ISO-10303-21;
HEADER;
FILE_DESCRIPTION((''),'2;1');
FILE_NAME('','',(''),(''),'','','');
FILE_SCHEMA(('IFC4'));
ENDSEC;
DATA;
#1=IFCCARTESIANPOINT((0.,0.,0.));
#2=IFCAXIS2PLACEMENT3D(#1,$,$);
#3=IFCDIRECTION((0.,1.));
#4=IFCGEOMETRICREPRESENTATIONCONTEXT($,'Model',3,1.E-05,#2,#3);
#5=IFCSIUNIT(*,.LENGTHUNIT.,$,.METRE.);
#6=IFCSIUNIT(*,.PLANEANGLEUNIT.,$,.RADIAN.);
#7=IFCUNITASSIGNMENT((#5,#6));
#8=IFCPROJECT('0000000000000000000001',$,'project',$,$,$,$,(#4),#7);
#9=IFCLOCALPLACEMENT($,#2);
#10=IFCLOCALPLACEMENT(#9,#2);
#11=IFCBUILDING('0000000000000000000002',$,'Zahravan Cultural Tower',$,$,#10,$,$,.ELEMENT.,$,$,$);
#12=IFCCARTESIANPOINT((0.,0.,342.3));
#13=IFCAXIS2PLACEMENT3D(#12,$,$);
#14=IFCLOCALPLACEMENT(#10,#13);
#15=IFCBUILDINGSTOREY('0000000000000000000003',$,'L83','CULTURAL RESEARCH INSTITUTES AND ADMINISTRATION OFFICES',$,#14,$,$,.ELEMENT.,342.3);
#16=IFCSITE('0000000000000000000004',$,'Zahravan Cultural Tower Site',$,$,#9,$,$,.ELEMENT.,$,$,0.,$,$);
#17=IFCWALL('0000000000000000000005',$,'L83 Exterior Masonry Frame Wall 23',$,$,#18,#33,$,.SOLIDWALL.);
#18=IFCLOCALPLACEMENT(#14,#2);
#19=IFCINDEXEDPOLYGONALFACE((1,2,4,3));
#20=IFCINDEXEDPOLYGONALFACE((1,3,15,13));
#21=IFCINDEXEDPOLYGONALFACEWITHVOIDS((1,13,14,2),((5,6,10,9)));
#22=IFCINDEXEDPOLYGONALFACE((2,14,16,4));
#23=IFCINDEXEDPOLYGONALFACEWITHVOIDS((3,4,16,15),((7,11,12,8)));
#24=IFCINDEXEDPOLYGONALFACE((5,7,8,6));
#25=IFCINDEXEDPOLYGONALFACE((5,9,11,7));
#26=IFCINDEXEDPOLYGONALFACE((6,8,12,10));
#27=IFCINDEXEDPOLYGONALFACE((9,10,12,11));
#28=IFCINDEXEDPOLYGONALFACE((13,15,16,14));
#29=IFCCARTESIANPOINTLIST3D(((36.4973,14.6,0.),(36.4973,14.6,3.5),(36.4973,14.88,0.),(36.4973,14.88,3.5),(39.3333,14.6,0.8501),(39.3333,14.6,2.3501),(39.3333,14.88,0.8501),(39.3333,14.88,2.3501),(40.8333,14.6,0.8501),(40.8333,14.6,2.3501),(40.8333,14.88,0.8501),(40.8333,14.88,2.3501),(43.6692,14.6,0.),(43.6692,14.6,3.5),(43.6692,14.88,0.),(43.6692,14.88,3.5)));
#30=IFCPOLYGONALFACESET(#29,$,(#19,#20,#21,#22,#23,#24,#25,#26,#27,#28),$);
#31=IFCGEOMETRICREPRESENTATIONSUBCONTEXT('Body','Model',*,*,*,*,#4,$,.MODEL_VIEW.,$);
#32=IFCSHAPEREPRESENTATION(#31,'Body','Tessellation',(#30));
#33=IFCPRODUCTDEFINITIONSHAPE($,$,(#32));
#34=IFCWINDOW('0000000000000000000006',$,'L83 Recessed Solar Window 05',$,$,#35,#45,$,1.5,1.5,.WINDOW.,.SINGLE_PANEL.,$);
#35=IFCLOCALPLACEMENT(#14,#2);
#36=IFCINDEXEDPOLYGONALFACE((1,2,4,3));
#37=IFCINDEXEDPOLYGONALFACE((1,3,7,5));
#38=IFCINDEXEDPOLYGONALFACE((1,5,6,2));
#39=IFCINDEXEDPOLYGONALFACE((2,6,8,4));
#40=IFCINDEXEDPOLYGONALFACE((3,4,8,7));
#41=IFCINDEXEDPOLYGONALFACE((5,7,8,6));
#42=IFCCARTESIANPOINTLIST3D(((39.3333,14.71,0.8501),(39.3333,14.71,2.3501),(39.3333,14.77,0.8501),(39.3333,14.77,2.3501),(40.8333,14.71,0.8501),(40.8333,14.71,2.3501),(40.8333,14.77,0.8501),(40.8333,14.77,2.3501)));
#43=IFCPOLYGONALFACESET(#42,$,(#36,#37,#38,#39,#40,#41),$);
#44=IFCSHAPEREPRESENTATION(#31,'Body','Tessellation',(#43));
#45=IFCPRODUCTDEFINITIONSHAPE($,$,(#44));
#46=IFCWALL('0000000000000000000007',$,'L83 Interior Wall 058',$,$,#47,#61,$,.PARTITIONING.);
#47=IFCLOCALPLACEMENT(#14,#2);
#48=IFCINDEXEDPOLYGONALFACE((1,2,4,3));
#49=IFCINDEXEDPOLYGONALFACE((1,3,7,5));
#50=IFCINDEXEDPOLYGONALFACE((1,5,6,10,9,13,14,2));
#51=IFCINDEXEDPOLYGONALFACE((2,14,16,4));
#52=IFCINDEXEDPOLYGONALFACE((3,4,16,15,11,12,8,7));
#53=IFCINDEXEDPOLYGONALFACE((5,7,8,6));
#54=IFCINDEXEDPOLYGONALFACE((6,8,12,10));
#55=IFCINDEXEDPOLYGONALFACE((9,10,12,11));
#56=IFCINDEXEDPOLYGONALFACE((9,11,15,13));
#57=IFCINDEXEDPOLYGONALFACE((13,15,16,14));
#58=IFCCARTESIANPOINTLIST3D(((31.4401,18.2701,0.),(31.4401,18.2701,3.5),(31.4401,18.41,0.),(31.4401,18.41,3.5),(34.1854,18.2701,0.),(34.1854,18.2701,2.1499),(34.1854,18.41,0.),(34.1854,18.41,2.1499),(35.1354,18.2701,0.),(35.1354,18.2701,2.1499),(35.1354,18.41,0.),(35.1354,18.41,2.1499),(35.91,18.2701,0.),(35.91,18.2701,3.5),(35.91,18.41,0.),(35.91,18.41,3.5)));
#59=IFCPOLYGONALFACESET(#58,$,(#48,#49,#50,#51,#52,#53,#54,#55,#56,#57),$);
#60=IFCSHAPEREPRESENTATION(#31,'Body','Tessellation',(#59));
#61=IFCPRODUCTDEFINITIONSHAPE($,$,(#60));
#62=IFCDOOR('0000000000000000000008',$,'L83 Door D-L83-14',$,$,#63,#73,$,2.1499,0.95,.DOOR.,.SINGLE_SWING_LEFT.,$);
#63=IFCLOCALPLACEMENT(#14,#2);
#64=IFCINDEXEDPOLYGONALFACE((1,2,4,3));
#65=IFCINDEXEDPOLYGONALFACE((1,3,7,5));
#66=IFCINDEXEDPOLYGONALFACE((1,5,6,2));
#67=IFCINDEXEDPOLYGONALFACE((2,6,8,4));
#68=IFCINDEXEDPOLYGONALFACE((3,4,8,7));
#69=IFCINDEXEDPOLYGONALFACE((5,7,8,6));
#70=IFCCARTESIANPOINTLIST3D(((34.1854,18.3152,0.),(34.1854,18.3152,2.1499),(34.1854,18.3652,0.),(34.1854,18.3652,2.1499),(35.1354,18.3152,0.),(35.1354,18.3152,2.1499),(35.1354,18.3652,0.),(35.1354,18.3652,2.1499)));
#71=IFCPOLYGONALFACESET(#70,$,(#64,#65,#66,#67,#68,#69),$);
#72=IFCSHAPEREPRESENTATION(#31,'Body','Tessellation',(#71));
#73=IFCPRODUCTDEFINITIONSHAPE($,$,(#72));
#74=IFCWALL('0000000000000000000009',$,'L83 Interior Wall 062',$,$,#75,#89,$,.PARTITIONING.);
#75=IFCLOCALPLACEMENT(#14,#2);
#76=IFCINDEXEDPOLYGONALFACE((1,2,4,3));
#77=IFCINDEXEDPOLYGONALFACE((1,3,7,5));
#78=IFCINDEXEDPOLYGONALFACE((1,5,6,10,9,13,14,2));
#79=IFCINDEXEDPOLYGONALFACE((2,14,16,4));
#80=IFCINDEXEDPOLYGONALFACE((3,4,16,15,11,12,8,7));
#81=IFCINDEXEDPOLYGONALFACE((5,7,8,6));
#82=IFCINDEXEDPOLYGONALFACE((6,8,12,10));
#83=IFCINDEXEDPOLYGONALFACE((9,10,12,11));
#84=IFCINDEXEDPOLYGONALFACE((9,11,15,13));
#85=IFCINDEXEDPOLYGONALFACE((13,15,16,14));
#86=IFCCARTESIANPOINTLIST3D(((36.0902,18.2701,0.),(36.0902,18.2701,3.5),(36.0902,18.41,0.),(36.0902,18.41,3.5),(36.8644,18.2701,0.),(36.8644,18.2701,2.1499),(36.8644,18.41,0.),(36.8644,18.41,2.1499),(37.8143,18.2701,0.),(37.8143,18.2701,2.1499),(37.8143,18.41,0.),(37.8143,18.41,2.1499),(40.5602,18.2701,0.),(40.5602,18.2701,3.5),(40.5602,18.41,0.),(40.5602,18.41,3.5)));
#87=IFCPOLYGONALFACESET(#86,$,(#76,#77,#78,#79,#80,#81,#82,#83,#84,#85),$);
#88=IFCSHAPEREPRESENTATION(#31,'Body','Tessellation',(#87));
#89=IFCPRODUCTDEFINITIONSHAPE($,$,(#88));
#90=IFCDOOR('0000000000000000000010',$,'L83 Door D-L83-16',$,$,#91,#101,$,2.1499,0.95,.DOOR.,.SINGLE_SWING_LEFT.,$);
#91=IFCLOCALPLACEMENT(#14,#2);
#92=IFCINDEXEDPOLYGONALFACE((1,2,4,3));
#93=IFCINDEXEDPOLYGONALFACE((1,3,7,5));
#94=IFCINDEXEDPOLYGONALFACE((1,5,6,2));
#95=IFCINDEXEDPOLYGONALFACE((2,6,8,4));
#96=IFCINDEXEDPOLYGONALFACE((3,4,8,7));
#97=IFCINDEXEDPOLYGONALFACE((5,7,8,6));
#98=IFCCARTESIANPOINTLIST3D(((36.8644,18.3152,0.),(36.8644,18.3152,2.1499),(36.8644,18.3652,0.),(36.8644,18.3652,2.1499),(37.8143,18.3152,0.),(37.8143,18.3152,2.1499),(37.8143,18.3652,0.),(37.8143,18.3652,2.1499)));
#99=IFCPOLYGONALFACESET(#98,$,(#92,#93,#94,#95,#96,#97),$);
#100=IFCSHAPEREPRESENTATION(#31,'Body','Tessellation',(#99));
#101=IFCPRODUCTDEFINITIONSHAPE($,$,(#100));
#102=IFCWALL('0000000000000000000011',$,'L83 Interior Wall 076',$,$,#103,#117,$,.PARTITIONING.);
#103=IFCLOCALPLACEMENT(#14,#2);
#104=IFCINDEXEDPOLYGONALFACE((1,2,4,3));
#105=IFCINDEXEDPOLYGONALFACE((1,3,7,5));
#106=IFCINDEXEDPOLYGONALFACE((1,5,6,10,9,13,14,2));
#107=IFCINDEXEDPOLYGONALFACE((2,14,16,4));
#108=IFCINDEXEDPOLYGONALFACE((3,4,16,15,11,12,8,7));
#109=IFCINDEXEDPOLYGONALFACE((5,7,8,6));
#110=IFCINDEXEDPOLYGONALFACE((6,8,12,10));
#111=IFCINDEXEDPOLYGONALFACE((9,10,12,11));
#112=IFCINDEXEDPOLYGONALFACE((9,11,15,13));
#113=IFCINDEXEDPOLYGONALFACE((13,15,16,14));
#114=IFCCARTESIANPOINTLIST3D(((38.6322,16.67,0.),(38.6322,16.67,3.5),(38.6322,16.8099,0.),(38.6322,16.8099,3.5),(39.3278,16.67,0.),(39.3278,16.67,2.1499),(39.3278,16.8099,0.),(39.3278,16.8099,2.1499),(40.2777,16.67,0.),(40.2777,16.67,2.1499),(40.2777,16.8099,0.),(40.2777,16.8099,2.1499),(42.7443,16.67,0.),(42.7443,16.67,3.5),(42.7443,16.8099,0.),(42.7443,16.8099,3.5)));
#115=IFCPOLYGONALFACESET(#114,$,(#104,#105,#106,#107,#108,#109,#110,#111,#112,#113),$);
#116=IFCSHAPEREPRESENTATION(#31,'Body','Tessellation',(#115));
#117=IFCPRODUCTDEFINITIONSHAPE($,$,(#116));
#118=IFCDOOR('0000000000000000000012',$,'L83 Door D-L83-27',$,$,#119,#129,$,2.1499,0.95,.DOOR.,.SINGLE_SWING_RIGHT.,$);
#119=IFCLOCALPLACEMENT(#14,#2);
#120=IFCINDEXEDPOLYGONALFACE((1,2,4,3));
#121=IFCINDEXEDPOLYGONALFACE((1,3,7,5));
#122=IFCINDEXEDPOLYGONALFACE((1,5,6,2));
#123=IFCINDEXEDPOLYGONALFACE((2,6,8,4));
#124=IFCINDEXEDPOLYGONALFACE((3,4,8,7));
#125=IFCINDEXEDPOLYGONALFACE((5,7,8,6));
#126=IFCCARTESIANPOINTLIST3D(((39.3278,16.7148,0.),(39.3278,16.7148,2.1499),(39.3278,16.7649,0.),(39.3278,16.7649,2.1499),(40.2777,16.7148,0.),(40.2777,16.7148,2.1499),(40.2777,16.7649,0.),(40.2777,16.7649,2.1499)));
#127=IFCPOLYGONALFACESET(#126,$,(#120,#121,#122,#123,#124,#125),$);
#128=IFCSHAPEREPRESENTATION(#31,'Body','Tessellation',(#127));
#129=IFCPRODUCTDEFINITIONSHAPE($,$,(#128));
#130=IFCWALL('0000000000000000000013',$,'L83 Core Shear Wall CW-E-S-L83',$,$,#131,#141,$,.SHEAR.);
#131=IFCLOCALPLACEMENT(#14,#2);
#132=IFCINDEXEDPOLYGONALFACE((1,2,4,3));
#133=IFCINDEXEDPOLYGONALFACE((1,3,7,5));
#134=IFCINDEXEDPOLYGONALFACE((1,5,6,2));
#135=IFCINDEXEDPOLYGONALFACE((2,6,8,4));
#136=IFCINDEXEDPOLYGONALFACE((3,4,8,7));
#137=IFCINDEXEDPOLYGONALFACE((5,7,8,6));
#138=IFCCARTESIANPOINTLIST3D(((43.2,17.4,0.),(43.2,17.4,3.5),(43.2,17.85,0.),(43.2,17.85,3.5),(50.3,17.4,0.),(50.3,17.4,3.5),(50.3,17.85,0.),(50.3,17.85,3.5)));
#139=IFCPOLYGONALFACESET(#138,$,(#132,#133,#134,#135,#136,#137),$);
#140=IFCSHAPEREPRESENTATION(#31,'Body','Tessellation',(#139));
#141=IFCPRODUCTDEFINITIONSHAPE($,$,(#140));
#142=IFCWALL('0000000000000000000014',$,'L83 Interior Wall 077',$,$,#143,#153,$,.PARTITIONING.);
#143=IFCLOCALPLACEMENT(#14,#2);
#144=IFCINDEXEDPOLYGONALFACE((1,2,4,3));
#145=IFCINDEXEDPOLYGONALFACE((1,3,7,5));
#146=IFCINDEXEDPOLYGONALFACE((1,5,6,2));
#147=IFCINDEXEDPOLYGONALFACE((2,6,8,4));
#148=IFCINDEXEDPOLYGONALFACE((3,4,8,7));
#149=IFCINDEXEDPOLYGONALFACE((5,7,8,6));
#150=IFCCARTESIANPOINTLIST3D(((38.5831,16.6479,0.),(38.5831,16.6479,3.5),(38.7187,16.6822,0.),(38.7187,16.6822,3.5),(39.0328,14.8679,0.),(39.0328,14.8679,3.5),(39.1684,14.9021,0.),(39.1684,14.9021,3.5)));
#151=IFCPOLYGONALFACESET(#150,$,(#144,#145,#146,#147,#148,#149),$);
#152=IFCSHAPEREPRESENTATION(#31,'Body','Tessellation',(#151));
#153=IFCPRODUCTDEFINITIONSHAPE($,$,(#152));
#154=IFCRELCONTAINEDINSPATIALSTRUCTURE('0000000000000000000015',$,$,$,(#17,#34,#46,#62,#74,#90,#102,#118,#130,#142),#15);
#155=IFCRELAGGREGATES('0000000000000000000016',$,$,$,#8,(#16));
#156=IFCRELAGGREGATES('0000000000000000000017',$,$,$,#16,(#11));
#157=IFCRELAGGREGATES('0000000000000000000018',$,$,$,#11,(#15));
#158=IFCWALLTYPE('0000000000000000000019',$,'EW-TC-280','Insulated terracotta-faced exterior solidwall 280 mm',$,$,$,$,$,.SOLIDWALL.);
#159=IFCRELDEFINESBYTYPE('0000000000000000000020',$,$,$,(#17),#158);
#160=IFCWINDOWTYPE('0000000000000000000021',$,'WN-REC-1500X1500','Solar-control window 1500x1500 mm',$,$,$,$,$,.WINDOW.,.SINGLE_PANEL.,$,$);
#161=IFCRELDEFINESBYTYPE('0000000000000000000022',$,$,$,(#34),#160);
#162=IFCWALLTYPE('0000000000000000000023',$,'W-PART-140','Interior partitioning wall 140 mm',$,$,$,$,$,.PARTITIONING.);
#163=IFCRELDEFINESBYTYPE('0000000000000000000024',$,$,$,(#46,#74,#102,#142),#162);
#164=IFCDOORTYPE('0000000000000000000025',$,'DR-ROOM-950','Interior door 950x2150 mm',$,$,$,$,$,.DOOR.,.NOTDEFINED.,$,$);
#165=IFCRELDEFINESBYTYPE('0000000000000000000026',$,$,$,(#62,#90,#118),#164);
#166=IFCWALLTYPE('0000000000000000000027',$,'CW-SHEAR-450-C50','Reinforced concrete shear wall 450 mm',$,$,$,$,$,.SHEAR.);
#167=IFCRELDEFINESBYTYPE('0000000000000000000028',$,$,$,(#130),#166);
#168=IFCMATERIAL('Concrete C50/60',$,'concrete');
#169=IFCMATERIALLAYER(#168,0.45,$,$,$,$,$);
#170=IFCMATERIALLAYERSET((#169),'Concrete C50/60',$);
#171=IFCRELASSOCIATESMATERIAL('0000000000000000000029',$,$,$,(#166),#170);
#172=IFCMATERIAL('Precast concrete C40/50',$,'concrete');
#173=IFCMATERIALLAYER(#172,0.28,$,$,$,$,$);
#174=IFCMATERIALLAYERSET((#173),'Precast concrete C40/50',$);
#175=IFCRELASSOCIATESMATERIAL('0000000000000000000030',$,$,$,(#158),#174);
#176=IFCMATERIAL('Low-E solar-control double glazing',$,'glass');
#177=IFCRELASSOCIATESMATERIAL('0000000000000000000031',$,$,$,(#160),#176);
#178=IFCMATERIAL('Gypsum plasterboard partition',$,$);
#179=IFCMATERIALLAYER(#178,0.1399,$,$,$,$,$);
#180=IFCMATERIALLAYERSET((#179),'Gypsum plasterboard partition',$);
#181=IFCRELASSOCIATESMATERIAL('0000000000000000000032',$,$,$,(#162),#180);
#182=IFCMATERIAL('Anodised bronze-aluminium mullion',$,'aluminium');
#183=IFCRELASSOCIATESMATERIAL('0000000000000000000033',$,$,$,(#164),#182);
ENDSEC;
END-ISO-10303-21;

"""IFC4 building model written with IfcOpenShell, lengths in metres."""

from ifc_helpers import new_model, si_unit, direction, frame, frame_2d, origin, place, context, subcontext, project, spatial, rectangle, extrude, source, transform, mapped, material, layer, layer_set, type_object, element, fill, save


model = new_model("IFC4")

# Units and contexts
model_context = context("Model", 3, precision=1e-05, world=origin(), true_north=direction((0.0, 1.0)))
body_context = subcontext(model_context, "Body", "Model", "MODEL_VIEW")
ifc_project = project(units=[si_unit("LENGTHUNIT", "METRE"), si_unit("PLANEANGLEUNIT", "RADIAN")], contexts=[model_context])

# Site, building, storey
site_placement = place(None, origin())
site = spatial("IfcSite", under=ifc_project, at=site_placement, Name="Zahravan Cultural Tower Site", CompositionType="ELEMENT", RefElevation=0.0)
building_placement = place(site_placement, origin())
building = spatial("IfcBuilding", under=site, at=building_placement, Name="Zahravan Cultural Tower", CompositionType="ELEMENT")
storey_placement = place(building_placement, frame((0.0, 0.0, 342.3)))
storey = spatial("IfcBuildingStorey", under=building, at=storey_placement, Name="L83", Description="CULTURAL RESEARCH INSTITUTES AND ADMINISTRATION OFFICES", CompositionType="ELEMENT", Elevation=342.3)

# Shared definitions
ifc_material_1 = material(Name="Concrete C50/60", Category="concrete")

# Shared definitions
ifc_layer_1 = layer(ifc_material_1, 0.45)
ifc_layer_set_1 = layer_set([ifc_layer_1], Name="Concrete C50/60")
wall_type_1 = type_object("IfcWallType", Name="CW-SHEAR-450-C50", Description="Reinforced concrete shear wall 450 mm", PredefinedType="SHEAR", material=ifc_layer_set_1)

# Wall, opening, window
ifc_material_2 = material(Name="Precast concrete C40/50", Category="concrete")
ifc_layer_2 = layer(ifc_material_2, 0.28)
ifc_layer_set_2 = layer_set([ifc_layer_2], Name="Precast concrete C40/50")
wall_type_2 = type_object("IfcWallType", Name="EW-TC-280", Description="Insulated terracotta-faced exterior solidwall 280 mm", PredefinedType="SOLIDWALL", material=ifc_layer_set_2)
wall_1_placement = place(storey_placement, frame((43.6692, 14.74, 0.0), z_axis=(0.0, 0.0, 1.0), x_axis=(-1.0, 0.0, 0.0)))
wall_1 = element("IfcWall", 1, at=wall_1_placement, inside=storey, type_object=wall_type_2, Name="L83 Exterior Masonry Frame Wall 23", PredefinedType="SOLIDWALL", context=body_context, shape_type="SweptSolid", body=[
    extrude(rectangle(XDim=7.1719, YDim=0.28, at=frame_2d((3.5859, 0.0))), origin(), (0.0, 0.0, 1.0), 3.5),
])
opening_1_placement = place(wall_1_placement, frame((2.8359, 0.0, 0.8501)))
opening_1 = element("IfcOpeningElement", 2, at=opening_1_placement, cuts=wall_1, PredefinedType="OPENING", context=body_context, shape_type="SweptSolid", body=[
    extrude(rectangle(XDim=1.5, YDim=1.5, at=frame_2d((0.75, 0.75))), frame((0.0, 0.1499, 0.0), z_axis=(0.0, -1.0, 0.0), x_axis=(1.0, 0.0, 0.0)), (0.0, 0.0, 1.0), 0.3),
])
ifc_material_3 = material(Name="Low-E solar-control double glazing", Category="glass")
window_type = type_object("IfcWindowType", Name="WN-REC-1500X1500", Description="Solar-control window 1500x1500 mm", PartitioningType="SINGLE_PANEL", PredefinedType="WINDOW", material=ifc_material_3)
shared_shape_1 = source(origin(), body_context, "Body", "SweptSolid", [
    extrude(rectangle(XDim=1.5, YDim=1.5, at=frame_2d((0.75, 0.75))), frame((0.0, 0.03, 0.0), z_axis=(0.0, -1.0, 0.0), x_axis=(1.0, 0.0, 0.0)), (0.0, 0.0, 1.0), 0.0601),
])
window_placement = place(opening_1_placement, origin())
window = element("IfcWindow", 3, at=window_placement, inside=storey, type_object=window_type, Name="L83 Recessed Solar Window 05", OverallHeight=1.5, OverallWidth=1.5, PartitioningType="SINGLE_PANEL", PredefinedType="WINDOW", context=body_context, shape_type="MappedRepresentation", body=[
    mapped(shared_shape_1, transform((0.0, 0.0, 0.0), x_axis=(1.0, 0.0, 0.0), y_axis=(0.0, 1.0, 0.0), z_axis=(0.0, 0.0, 1.0), scale=1.0)),
])
fill(opening_1, window)

# Walls, openings, doors
ifc_material_4 = material(Name="Anodised bronze-aluminium mullion", Category="aluminium")
ifc_material_5 = material(Name="Gypsum plasterboard partition")
ifc_layer_3 = layer(ifc_material_5, 0.1399)
ifc_layer_set_3 = layer_set([ifc_layer_3], Name="Gypsum plasterboard partition")
wall_type_3 = type_object("IfcWallType", Name="W-PART-140", Description="Interior partitioning wall 140 mm", PredefinedType="PARTITIONING", material=ifc_layer_set_3)
wall_2_placement = place(storey_placement, frame((35.9099, 18.3401, 0.0), z_axis=(0.0, 0.0, 1.0), x_axis=(-1.0, 0.0, 0.0)))
wall_2 = element("IfcWall", 4, at=wall_2_placement, inside=storey, type_object=wall_type_3, Name="L83 Interior Wall 058", PredefinedType="PARTITIONING", context=body_context, shape_type="SweptSolid", body=[
    extrude(rectangle(XDim=4.47, YDim=0.1399, at=frame_2d((2.2349, 0.0))), origin(), (0.0, 0.0, 1.0), 3.5),
])
opening_2_placement = place(wall_2_placement, frame((0.7744, 0.0, 0.0)))
opening_2 = element("IfcOpeningElement", 5, at=opening_2_placement, cuts=wall_2, PredefinedType="OPENING", context=body_context, shape_type="SweptSolid", body=[
    extrude(rectangle(XDim=0.95, YDim=2.1499, at=frame_2d((0.4751, 1.075))), frame((0.0, 0.0798, 0.0), z_axis=(0.0, -1.0, 0.0), x_axis=(1.0, 0.0, 0.0)), (0.0, 0.0, 1.0), 0.1599),
])
door_type_1 = type_object("IfcDoorType", Name="DR-ROOM-950", Description="Interior door 950x2150 mm", OperationType="NOTDEFINED", PredefinedType="DOOR", material=ifc_material_4)
shared_shape_2 = source(origin(), body_context, "Body", "SweptSolid", [
    extrude(rectangle(XDim=0.95, YDim=2.1499, at=frame_2d((0.4751, 1.075))), frame((0.0, 0.0249, 0.0), z_axis=(0.0, -1.0, 0.0), x_axis=(1.0, 0.0, 0.0)), (0.0, 0.0, 1.0), 0.05),
])
door_1_placement = place(opening_2_placement, origin())
door_1 = element("IfcDoor", 6, at=door_1_placement, inside=storey, type_object=door_type_1, Name="L83 Door D-L83-14", OperationType="SINGLE_SWING_LEFT", OverallHeight=2.1499, OverallWidth=0.95, PredefinedType="DOOR", context=body_context, shape_type="MappedRepresentation", body=[
    mapped(shared_shape_2, transform((0.0, 0.0, 0.0), x_axis=(1.0, 0.0, 0.0), y_axis=(0.0, 1.0, 0.0), z_axis=(0.0, 0.0, 1.0), scale=1.0)),
])
fill(opening_2, door_1)
wall_3_placement = place(storey_placement, frame((40.5601, 18.3401, 0.0), z_axis=(0.0, 0.0, 1.0), x_axis=(-1.0, 0.0, 0.0)))
wall_3 = element("IfcWall", 7, at=wall_3_placement, inside=storey, type_object=wall_type_3, Name="L83 Interior Wall 062", PredefinedType="PARTITIONING", context=body_context, shape_type="SweptSolid", body=[
    extrude(rectangle(XDim=4.47, YDim=0.1399, at=frame_2d((2.2349, 0.0))), origin(), (0.0, 0.0, 1.0), 3.5),
])
opening_3_placement = place(wall_3_placement, frame((2.7456, 0.0, 0.0)))
opening_3 = element("IfcOpeningElement", 8, at=opening_3_placement, cuts=wall_3, PredefinedType="OPENING", context=body_context, shape_type="SweptSolid", body=[
    extrude(rectangle(XDim=0.95, YDim=2.1499, at=frame_2d((0.4751, 1.075))), frame((0.0, 0.0798, 0.0), z_axis=(0.0, -1.0, 0.0), x_axis=(1.0, 0.0, 0.0)), (0.0, 0.0, 1.0), 0.1599),
])
door_2_placement = place(opening_3_placement, origin())
door_2 = element("IfcDoor", 9, at=door_2_placement, inside=storey, type_object=door_type_1, Name="L83 Door D-L83-16", OperationType="SINGLE_SWING_LEFT", OverallHeight=2.1499, OverallWidth=0.95, PredefinedType="DOOR", context=body_context, shape_type="MappedRepresentation", body=[
    mapped(shared_shape_2, transform((0.0, 0.0, 0.0), x_axis=(1.0, 0.0, 0.0), y_axis=(0.0, 1.0, 0.0), z_axis=(0.0, 0.0, 1.0), scale=1.0)),
])
fill(opening_3, door_2)
wall_4_placement = place(storey_placement, frame((38.6321, 16.74, 0.0), z_axis=(0.0, 0.0, 1.0), x_axis=(1.0, 0.0, 0.0)))
wall_4 = element("IfcWall", 10, at=wall_4_placement, inside=storey, type_object=wall_type_3, Name="L83 Interior Wall 076", PredefinedType="PARTITIONING", context=body_context, shape_type="SweptSolid", body=[
    extrude(rectangle(XDim=4.1121, YDim=0.1399, at=frame_2d((2.0562, 0.0))), origin(), (0.0, 0.0, 1.0), 3.5),
])
opening_4_placement = place(wall_4_placement, frame((0.6956, 0.0, 0.0)))
opening_4 = element("IfcOpeningElement", 11, at=opening_4_placement, cuts=wall_4, PredefinedType="OPENING", context=body_context, shape_type="SweptSolid", body=[
    extrude(rectangle(XDim=0.95, YDim=2.1499, at=frame_2d((0.4751, 1.075))), frame((0.0, 0.0798, 0.0), z_axis=(0.0, -1.0, 0.0), x_axis=(1.0, 0.0, 0.0)), (0.0, 0.0, 1.0), 0.1599),
])
door_3_placement = place(opening_4_placement, origin())
door_3 = element("IfcDoor", 12, at=door_3_placement, inside=storey, type_object=door_type_1, Name="L83 Door D-L83-27", OperationType="SINGLE_SWING_RIGHT", OverallHeight=2.1499, OverallWidth=0.95, PredefinedType="DOOR", context=body_context, shape_type="MappedRepresentation", body=[
    mapped(shared_shape_2, transform((0.0, 0.0, 0.0), x_axis=(1.0, 0.0, 0.0), y_axis=(0.0, 1.0, 0.0), z_axis=(0.0, 0.0, 1.0), scale=1.0)),
])
fill(opening_4, door_3)

# Walls
shared_shape_3 = source(origin(), body_context, "Body", "SweptSolid", [
    extrude(rectangle(XDim=7.1001, YDim=0.45, at=frame_2d((3.55, 0.0))), origin(), (0.0, 0.0, 1.0), 3.5),
])
wall_5_placement = place(storey_placement, frame((43.2, 17.625, 0.0), z_axis=(0.0, 0.0, 1.0), x_axis=(1.0, 0.0, 0.0)))
element("IfcWall", 13, at=wall_5_placement, inside=storey, type_object=wall_type_1, Name="L83 Core Shear Wall CW-E-S-L83", PredefinedType="SHEAR", context=body_context, shape_type="MappedRepresentation", body=[
    mapped(shared_shape_3, transform((0.0, 0.0, 0.0), x_axis=(1.0, 0.0, 0.0), y_axis=(0.0, 1.0, 0.0), z_axis=(0.0, 0.0, 1.0), scale=1.0)),
])
shared_shape_4 = source(origin(), body_context, "Body", "SweptSolid", [
    extrude(rectangle(XDim=1.8359, YDim=0.1399, at=frame_2d((0.918, 0.0))), origin(), (0.0, 0.0, 1.0), 3.5),
])
wall_6_placement = place(storey_placement, frame((39.1006, 14.885, 0.0), z_axis=(0.0, 0.0, 1.0), x_axis=(-0.244944, 0.969537, 0.0)))
element("IfcWall", 14, at=wall_6_placement, inside=storey, type_object=wall_type_3, Name="L83 Interior Wall 077", PredefinedType="PARTITIONING", context=body_context, shape_type="MappedRepresentation", body=[
    mapped(shared_shape_4, transform((0.0, 0.0, 0.0), x_axis=(1.0, 0.0, 0.0), y_axis=(0.0, 1.0, 0.0), z_axis=(0.0, 0.0, 1.0), scale=1.0)),
])

save(model, "model.ifc")
